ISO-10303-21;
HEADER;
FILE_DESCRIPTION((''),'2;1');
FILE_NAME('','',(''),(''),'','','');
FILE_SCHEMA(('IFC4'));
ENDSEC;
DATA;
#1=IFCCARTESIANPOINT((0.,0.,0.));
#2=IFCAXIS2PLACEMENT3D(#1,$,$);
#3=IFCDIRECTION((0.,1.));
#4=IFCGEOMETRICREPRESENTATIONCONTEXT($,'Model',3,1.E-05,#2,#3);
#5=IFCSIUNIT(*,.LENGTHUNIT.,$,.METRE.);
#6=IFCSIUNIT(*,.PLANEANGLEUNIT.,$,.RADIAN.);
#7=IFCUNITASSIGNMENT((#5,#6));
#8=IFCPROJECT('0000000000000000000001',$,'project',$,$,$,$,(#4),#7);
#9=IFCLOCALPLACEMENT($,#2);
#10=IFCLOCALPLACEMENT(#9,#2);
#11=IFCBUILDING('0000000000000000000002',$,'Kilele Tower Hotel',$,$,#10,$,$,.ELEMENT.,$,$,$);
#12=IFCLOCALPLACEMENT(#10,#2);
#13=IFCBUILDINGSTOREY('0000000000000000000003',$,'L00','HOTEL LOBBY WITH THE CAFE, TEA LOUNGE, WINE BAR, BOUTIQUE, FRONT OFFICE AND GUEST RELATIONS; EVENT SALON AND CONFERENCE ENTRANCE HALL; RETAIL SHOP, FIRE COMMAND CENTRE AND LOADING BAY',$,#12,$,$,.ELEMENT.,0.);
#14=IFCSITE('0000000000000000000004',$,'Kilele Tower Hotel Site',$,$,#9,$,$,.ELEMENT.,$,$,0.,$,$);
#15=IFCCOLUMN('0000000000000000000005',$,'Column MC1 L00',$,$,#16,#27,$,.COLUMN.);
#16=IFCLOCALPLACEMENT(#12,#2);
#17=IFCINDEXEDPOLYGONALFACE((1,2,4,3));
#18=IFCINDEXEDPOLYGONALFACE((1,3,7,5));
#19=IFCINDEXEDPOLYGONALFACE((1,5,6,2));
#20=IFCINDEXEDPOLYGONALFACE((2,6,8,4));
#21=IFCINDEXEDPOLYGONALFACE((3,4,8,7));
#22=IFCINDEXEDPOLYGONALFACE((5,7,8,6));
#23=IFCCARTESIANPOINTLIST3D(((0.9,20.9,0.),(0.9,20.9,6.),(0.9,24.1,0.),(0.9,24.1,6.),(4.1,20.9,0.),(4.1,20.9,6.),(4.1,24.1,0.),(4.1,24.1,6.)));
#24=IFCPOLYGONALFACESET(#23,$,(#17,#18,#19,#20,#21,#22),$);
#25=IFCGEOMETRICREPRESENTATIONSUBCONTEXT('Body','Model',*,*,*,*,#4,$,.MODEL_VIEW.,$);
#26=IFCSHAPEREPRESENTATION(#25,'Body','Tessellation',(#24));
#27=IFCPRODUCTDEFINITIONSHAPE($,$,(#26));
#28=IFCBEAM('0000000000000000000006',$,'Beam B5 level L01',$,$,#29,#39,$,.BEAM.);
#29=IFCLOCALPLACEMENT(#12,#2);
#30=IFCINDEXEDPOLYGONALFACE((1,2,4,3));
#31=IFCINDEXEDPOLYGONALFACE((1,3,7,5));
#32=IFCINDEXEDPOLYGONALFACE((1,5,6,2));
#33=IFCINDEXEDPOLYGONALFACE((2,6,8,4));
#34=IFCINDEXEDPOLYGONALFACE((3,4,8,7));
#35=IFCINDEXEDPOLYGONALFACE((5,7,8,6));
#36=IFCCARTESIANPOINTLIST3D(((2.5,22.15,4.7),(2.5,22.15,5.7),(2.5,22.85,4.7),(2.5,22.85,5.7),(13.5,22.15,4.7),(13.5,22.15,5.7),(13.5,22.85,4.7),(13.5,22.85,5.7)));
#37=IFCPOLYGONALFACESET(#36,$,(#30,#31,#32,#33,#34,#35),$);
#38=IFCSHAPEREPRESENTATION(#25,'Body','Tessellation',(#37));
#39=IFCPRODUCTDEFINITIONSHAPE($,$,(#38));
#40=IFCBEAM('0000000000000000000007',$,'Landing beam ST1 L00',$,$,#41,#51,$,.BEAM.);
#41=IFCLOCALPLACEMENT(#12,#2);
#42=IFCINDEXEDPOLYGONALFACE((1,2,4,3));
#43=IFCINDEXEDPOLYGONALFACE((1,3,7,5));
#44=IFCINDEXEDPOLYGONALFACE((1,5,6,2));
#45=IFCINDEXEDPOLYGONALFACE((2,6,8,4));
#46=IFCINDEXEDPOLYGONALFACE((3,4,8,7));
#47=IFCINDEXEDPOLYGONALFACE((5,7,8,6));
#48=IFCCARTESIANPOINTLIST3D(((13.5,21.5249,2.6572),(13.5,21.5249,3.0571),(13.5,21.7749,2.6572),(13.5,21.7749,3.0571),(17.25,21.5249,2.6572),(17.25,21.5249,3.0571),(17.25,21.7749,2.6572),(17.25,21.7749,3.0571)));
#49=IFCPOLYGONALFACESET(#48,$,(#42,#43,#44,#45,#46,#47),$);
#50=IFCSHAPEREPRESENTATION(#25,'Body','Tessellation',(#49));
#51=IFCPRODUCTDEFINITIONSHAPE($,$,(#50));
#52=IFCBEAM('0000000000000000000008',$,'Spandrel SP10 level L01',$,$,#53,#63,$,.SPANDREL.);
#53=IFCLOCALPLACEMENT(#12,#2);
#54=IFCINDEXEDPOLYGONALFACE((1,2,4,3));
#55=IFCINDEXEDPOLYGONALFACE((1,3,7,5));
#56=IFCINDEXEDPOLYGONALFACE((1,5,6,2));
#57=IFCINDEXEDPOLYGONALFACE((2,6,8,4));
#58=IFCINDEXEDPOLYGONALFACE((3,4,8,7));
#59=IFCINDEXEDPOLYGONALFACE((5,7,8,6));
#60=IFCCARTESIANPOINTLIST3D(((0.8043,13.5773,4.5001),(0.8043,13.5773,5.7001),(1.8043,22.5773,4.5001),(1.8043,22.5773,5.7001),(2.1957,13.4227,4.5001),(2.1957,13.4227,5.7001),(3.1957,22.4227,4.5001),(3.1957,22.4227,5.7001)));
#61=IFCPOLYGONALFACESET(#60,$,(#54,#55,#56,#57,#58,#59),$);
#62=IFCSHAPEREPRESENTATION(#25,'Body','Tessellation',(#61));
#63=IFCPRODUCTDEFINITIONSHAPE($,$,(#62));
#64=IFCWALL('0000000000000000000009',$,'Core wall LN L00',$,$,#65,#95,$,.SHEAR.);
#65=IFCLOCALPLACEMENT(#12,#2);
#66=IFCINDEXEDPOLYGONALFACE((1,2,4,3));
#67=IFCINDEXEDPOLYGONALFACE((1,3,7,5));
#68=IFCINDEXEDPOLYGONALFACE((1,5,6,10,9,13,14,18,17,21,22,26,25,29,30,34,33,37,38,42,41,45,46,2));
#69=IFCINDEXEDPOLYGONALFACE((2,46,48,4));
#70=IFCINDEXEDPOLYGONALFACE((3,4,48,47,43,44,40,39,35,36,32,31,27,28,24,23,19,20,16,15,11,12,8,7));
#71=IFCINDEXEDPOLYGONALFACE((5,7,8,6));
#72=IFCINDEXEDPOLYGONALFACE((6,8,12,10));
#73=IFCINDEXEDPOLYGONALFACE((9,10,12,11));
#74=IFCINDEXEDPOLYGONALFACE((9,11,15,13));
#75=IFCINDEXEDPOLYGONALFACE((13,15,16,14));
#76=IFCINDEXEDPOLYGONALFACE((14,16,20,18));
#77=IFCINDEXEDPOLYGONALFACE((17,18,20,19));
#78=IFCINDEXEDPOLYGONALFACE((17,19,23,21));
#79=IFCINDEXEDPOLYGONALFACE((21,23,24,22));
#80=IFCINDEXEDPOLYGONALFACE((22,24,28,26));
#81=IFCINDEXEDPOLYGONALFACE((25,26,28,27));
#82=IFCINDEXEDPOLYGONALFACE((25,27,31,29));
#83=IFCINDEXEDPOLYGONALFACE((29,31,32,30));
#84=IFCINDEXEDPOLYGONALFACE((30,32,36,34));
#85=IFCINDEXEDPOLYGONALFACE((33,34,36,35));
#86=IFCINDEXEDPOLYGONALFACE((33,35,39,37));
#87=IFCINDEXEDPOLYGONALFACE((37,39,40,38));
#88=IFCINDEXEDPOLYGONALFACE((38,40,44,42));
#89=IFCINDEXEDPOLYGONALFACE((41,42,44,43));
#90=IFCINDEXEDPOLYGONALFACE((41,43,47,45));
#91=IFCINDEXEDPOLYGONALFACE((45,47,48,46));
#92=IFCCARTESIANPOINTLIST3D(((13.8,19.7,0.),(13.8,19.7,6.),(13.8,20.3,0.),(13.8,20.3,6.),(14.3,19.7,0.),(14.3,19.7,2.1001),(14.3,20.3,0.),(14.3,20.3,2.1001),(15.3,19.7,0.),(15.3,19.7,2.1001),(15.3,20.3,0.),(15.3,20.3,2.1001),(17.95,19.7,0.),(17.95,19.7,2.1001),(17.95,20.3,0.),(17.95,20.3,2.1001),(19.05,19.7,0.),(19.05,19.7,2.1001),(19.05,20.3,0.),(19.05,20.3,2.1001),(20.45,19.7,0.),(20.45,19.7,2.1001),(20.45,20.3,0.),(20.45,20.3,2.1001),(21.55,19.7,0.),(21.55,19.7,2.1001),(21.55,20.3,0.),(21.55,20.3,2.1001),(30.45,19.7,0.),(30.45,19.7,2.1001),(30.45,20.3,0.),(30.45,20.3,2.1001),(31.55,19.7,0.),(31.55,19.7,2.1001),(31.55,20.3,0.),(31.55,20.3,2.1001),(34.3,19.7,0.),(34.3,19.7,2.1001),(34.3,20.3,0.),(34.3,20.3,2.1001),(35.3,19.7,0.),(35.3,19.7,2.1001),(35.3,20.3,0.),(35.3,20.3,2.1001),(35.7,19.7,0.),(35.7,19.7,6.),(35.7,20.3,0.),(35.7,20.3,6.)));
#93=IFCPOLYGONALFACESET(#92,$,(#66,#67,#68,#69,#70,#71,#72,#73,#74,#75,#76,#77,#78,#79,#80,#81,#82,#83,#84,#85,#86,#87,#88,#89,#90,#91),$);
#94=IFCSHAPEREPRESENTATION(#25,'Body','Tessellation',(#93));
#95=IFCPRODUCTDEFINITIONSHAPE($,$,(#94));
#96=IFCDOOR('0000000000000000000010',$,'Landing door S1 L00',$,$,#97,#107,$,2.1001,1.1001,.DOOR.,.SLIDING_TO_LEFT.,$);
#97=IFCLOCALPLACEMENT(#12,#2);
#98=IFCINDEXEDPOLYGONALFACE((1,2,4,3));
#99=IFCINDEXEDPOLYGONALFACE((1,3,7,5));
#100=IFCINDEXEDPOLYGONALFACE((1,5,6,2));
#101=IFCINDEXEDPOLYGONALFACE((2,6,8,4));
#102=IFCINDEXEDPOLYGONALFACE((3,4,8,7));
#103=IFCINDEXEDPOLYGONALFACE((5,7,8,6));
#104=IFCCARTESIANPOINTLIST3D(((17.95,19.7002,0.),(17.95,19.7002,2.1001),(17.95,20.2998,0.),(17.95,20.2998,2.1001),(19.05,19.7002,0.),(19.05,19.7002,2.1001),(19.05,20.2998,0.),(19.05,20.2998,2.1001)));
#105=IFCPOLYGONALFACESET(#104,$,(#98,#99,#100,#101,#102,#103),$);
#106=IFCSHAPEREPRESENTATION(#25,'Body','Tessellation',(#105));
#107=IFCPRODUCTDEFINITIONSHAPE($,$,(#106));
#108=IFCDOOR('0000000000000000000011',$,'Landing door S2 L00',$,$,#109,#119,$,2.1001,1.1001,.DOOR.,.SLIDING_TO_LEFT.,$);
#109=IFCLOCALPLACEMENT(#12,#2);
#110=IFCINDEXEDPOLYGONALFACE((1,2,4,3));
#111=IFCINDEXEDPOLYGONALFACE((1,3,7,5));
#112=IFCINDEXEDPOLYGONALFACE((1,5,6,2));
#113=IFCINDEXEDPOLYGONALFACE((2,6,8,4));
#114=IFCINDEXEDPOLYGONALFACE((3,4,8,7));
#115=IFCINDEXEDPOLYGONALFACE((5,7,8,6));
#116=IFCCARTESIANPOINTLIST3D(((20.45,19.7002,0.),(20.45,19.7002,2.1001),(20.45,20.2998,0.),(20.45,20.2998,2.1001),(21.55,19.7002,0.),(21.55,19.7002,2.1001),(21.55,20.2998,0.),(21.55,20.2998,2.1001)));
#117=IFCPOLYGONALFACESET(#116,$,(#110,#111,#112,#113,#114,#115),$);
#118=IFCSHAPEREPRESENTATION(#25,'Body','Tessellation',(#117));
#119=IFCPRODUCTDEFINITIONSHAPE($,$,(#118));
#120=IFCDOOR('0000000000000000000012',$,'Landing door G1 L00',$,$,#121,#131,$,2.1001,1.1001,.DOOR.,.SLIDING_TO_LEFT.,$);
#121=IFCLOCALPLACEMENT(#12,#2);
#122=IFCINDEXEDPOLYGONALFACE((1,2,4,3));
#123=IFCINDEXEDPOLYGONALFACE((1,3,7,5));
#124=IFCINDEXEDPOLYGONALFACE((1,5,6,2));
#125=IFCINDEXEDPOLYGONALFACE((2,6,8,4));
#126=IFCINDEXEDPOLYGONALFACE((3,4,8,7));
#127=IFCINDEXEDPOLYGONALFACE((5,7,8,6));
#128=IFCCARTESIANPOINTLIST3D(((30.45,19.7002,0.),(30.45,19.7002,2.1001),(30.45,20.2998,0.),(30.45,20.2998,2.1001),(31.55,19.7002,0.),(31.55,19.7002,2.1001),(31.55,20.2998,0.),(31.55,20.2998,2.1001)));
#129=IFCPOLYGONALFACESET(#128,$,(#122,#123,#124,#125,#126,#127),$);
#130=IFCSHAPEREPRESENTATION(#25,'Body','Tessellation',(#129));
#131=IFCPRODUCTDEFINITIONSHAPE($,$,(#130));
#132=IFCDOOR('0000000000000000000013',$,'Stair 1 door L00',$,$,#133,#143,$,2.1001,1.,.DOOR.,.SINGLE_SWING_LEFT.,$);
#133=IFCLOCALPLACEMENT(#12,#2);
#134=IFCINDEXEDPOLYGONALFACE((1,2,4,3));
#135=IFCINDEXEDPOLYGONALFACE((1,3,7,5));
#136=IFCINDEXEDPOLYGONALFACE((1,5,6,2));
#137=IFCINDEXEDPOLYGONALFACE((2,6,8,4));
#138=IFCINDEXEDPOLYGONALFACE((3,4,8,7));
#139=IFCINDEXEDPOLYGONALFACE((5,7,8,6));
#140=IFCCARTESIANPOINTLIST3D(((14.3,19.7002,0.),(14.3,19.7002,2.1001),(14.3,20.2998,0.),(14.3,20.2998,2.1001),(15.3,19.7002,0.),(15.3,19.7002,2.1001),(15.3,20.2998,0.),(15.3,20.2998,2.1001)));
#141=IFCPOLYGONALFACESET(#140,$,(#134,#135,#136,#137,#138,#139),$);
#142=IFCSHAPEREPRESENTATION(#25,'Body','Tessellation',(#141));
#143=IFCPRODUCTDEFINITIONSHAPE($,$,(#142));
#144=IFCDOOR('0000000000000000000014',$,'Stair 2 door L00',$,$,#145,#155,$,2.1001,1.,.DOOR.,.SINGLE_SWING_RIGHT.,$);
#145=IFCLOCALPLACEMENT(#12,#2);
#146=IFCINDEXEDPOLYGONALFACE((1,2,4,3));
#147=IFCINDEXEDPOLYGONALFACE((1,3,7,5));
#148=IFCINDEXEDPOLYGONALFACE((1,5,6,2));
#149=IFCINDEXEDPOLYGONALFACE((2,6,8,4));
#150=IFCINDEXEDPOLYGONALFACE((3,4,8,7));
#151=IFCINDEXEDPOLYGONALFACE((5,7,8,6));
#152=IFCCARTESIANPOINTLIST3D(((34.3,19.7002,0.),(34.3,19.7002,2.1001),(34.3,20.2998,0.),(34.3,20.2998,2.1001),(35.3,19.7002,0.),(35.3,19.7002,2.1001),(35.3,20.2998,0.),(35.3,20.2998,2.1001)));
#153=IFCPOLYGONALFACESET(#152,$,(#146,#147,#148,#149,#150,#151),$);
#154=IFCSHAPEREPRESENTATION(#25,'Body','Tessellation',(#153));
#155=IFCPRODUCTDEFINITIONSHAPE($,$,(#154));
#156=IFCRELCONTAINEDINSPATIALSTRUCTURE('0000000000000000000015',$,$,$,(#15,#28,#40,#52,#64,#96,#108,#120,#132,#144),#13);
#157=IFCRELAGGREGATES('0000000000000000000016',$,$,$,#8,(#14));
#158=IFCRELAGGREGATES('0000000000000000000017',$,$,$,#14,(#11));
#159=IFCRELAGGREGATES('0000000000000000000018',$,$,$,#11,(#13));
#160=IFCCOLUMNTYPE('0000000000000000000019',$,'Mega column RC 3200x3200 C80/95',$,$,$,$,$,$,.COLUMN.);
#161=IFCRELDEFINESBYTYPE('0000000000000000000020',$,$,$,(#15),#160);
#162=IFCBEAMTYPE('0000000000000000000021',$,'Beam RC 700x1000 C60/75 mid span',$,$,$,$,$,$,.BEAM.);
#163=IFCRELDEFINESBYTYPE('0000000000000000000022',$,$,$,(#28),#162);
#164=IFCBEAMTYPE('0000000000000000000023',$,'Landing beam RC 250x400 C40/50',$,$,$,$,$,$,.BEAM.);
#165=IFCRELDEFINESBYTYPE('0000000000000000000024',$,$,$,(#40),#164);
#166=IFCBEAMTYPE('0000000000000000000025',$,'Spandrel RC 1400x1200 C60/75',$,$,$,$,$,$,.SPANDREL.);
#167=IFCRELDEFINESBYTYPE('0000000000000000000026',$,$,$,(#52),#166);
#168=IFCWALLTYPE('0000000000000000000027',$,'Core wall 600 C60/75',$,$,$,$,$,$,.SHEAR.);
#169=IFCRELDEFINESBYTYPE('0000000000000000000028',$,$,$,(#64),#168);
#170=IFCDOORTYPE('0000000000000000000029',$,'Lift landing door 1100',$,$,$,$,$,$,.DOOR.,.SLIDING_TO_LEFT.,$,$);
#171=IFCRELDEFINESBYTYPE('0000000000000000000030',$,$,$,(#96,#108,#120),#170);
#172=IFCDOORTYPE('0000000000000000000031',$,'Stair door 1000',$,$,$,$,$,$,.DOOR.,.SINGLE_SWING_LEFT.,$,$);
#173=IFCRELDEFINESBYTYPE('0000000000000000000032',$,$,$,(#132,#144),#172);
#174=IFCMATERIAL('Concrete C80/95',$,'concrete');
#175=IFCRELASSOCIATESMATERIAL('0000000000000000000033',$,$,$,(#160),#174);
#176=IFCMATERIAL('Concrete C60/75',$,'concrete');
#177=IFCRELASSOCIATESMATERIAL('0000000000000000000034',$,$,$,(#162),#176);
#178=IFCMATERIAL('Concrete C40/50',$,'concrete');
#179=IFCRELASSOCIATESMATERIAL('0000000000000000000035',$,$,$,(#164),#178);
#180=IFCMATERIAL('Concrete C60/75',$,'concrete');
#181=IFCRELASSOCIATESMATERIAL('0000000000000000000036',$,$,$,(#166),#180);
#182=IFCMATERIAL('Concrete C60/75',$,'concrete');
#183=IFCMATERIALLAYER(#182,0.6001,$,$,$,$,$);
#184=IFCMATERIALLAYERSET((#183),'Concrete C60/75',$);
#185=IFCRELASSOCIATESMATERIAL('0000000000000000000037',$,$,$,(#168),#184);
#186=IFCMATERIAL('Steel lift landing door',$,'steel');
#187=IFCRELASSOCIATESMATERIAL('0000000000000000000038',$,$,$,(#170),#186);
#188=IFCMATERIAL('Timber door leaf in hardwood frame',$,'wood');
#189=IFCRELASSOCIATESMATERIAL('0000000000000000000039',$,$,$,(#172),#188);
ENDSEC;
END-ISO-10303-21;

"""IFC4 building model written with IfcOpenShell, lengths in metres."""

from ifc_helpers import new_model, si_unit, direction, frame, frame_2d, origin, origin_2d, place, context, subcontext, project, spatial, rectangle, extrude, material, layer, layer_set, material_profile, profile_set, type_object, element, fill, save


model = new_model("IFC4")

# Units and contexts
model_context = context("Model", 3, precision=1e-05, world=origin(), true_north=direction((0.0, 1.0)))
body_context = subcontext(model_context, "Body", "Model", "MODEL_VIEW")
ifc_project = project(units=[si_unit("LENGTHUNIT", "METRE"), si_unit("PLANEANGLEUNIT", "RADIAN")], contexts=[model_context])

# Site, building, storey
site_placement = place(None, origin())
site = spatial("IfcSite", under=ifc_project, at=site_placement, Name="Kilele Tower Hotel Site", CompositionType="ELEMENT", RefElevation=0.0)
building_placement = place(site_placement, origin())
building = spatial("IfcBuilding", under=site, at=building_placement, Name="Kilele Tower Hotel", CompositionType="ELEMENT")
storey_placement = place(building_placement, origin())
storey = spatial("IfcBuildingStorey", under=building, at=storey_placement, Name="L00", Description="HOTEL LOBBY WITH THE CAFE, TEA LOUNGE, WINE BAR, BOUTIQUE, FRONT OFFICE AND GUEST RELATIONS; EVENT SALON AND CONFERENCE ENTRANCE HALL; RETAIL SHOP, FIRE COMMAND CENTRE AND LOADING BAY", CompositionType="ELEMENT", Elevation=0.0)

# Column
ifc_material_1 = material(Name="Concrete C80/95", Category="concrete")
ifc_material_profile_1 = material_profile(ifc_material_1, rectangle(XDim=3.2, YDim=3.2, at=origin_2d()))
ifc_profile_set_1 = profile_set([ifc_material_profile_1], Name="Concrete C80/95")
column_type = type_object("IfcColumnType", Name="Mega column RC 3200x3200 C80/95", PredefinedType="COLUMN", material=ifc_profile_set_1)
column_placement = place(storey_placement, frame((2.5, 22.5, 0.0), z_axis=(0.0, 0.0, 1.0), x_axis=(1.0, 0.0, 0.0)))
element("IfcColumn", 1, at=column_placement, inside=storey, type_object=column_type, Name="Column MC1 L00", PredefinedType="COLUMN", context=body_context, shape_type="SweptSolid", body=[
    extrude(rectangle(XDim=3.2, YDim=3.2, at=origin_2d()), origin(), (0.0, 0.0, 1.0), 6.0),
])

# Beams
ifc_material_2 = material(Name="Concrete C60/75", Category="concrete")
ifc_material_profile_2 = material_profile(ifc_material_2, rectangle(XDim=0.7, YDim=1.0, at=origin_2d()))
ifc_profile_set_2 = profile_set([ifc_material_profile_2], Name="Concrete C60/75")
beam_type_1 = type_object("IfcBeamType", Name="Beam RC 700x1000 C60/75 mid span", PredefinedType="BEAM", material=ifc_profile_set_2)
beam_1_placement = place(storey_placement, frame((2.5, 22.5, 5.2), z_axis=(1.0, 0.0, 0.0), x_axis=(0.0, 1.0, 0.0)))
element("IfcBeam", 2, at=beam_1_placement, inside=storey, type_object=beam_type_1, Name="Beam B5 level L01", PredefinedType="BEAM", context=body_context, shape_type="SweptSolid", body=[
    extrude(rectangle(XDim=0.7, YDim=1.0, at=origin_2d()), origin(), (0.0, 0.0, 1.0), 11.0),
])
ifc_material_3 = material(Name="Concrete C40/50", Category="concrete")
ifc_material_profile_3 = material_profile(ifc_material_3, rectangle(XDim=0.25, YDim=0.3999, at=origin_2d()))
ifc_profile_set_3 = profile_set([ifc_material_profile_3], Name="Concrete C40/50")
beam_type_2 = type_object("IfcBeamType", Name="Landing beam RC 250x400 C40/50", PredefinedType="BEAM", material=ifc_profile_set_3)
beam_2_placement = place(storey_placement, frame((13.5, 21.6499, 2.8572), z_axis=(1.0, 0.0, 0.0), x_axis=(0.0, 1.0, 0.0)))
element("IfcBeam", 3, at=beam_2_placement, inside=storey, type_object=beam_type_2, Name="Landing beam ST1 L00", PredefinedType="BEAM", context=body_context, shape_type="SweptSolid", body=[
    extrude(rectangle(XDim=0.25, YDim=0.3999, at=origin_2d()), origin(), (0.0, 0.0, 1.0), 3.75),
])
ifc_material_4 = material(Name="Concrete C60/75", Category="concrete")
ifc_material_profile_4 = material_profile(ifc_material_4, rectangle(XDim=1.3999, YDim=1.2, at=origin_2d()))
ifc_profile_set_4 = profile_set([ifc_material_profile_4], Name="Concrete C60/75")
beam_type_3 = type_object("IfcBeamType", Name="Spandrel RC 1400x1200 C60/75", PredefinedType="SPANDREL", material=ifc_profile_set_4)
beam_3_placement = place(storey_placement, frame((2.5, 22.5, 5.1001), z_axis=(-0.110432, -0.993884, 0.0), x_axis=(0.993884, -0.110432, 0.0)))
element("IfcBeam", 4, at=beam_3_placement, inside=storey, type_object=beam_type_3, Name="Spandrel SP10 level L01", PredefinedType="SPANDREL", context=body_context, shape_type="SweptSolid", body=[
    extrude(rectangle(XDim=1.3999, YDim=1.2, at=origin_2d()), origin(), (0.0, 0.0, 1.0), 9.0554),
])

# Wall, openings, doors
ifc_material_5 = material(Name="Concrete C60/75", Category="concrete")
ifc_layer = layer(ifc_material_5, 0.6001)
ifc_layer_set = layer_set([ifc_layer], Name="Concrete C60/75")
wall_type = type_object("IfcWallType", Name="Core wall 600 C60/75", PredefinedType="SHEAR", material=ifc_layer_set)
wall_1_placement = place(storey_placement, frame((13.8, 20.0, 0.0), z_axis=(0.0, 0.0, 1.0), x_axis=(1.0, 0.0, 0.0)))
wall_1 = element("IfcWall", 5, at=wall_1_placement, inside=storey, type_object=wall_type, Name="Core wall LN L00", PredefinedType="SHEAR", context=body_context, shape_type="SweptSolid", body=[
    extrude(rectangle(XDim=21.8999, YDim=0.6001, at=frame_2d((10.95, 0.0))), origin(), (0.0, 0.0, 1.0), 6.0),
])
opening_1_placement = place(wall_1_placement, frame((0.5, 0.0, 0.0)))
opening_1 = element("IfcOpeningElement", 6, at=opening_1_placement, cuts=wall_1, PredefinedType="OPENING", context=body_context, shape_type="SweptSolid", body=[
    extrude(rectangle(XDim=1.0, YDim=2.1001, at=frame_2d((0.5, 1.05))), frame((0.0, 0.3101, 0.0), z_axis=(0.0, -1.0, 0.0), x_axis=(1.0, 0.0, 0.0)), (0.0, 0.0, 1.0), 0.6201),
])
opening_2_placement = place(wall_1_placement, frame((20.5, 0.0, 0.0)))
opening_2 = element("IfcOpeningElement", 7, at=opening_2_placement, cuts=wall_1, PredefinedType="OPENING", context=body_context, shape_type="SweptSolid", body=[
    extrude(rectangle(XDim=1.0, YDim=2.1001, at=frame_2d((0.5, 1.05))), frame((0.0, 0.3101, 0.0), z_axis=(0.0, -1.0, 0.0), x_axis=(1.0, 0.0, 0.0)), (0.0, 0.0, 1.0), 0.6201),
])
opening_3_placement = place(wall_1_placement, frame((4.1499, 0.0, 0.0)))
opening_3 = element("IfcOpeningElement", 8, at=opening_3_placement, cuts=wall_1, PredefinedType="OPENING", context=body_context, shape_type="SweptSolid", body=[
    extrude(rectangle(XDim=1.1001, YDim=2.1001, at=frame_2d((0.55, 1.05))), frame((0.0, 0.3101, 0.0), z_axis=(0.0, -1.0, 0.0), x_axis=(1.0, 0.0, 0.0)), (0.0, 0.0, 1.0), 0.6201),
])
opening_4_placement = place(wall_1_placement, frame((6.6499, 0.0, 0.0)))
opening_4 = element("IfcOpeningElement", 9, at=opening_4_placement, cuts=wall_1, PredefinedType="OPENING", context=body_context, shape_type="SweptSolid", body=[
    extrude(rectangle(XDim=1.1001, YDim=2.1001, at=frame_2d((0.55, 1.05))), frame((0.0, 0.3101, 0.0), z_axis=(0.0, -1.0, 0.0), x_axis=(1.0, 0.0, 0.0)), (0.0, 0.0, 1.0), 0.6201),
])
opening_5_placement = place(wall_1_placement, frame((16.6499, 0.0, 0.0)))
opening_5 = element("IfcOpeningElement", 10, at=opening_5_placement, cuts=wall_1, PredefinedType="OPENING", context=body_context, shape_type="SweptSolid", body=[
    extrude(rectangle(XDim=1.1001, YDim=2.1001, at=frame_2d((0.55, 1.05))), frame((0.0, 0.3101, 0.0), z_axis=(0.0, -1.0, 0.0), x_axis=(1.0, 0.0, 0.0)), (0.0, 0.0, 1.0), 0.6201),
])
ifc_material_6 = material(Name="Steel lift landing door", Category="steel")
door_type_1 = type_object("IfcDoorType", Name="Lift landing door 1100", OperationType="SLIDING_TO_LEFT", PredefinedType="DOOR", material=ifc_material_6)
door_1_placement = place(opening_3_placement, origin())
door_1 = element("IfcDoor", 11, at=door_1_placement, inside=storey, type_object=door_type_1, Name="Landing door S1 L00", OperationType="SLIDING_TO_LEFT", OverallHeight=2.1001, OverallWidth=1.1001, PredefinedType="DOOR", context=body_context, shape_type="SweptSolid", body=[
    extrude(rectangle(XDim=1.1001, YDim=2.1001, at=frame_2d((0.55, 1.05))), frame((0.0, 0.2998, 0.0), z_axis=(0.0, -1.0, 0.0), x_axis=(1.0, 0.0, 0.0)), (0.0, 0.0, 1.0), 0.5996),
])
fill(opening_3, door_1)
door_2_placement = place(opening_4_placement, origin())
door_2 = element("IfcDoor", 12, at=door_2_placement, inside=storey, type_object=door_type_1, Name="Landing door S2 L00", OperationType="SLIDING_TO_LEFT", OverallHeight=2.1001, OverallWidth=1.1001, PredefinedType="DOOR", context=body_context, shape_type="SweptSolid", body=[
    extrude(rectangle(XDim=1.1001, YDim=2.1001, at=frame_2d((0.55, 1.05))), frame((0.0, 0.2998, 0.0), z_axis=(0.0, -1.0, 0.0), x_axis=(1.0, 0.0, 0.0)), (0.0, 0.0, 1.0), 0.5996),
])
fill(opening_4, door_2)
door_3_placement = place(opening_5_placement, origin())
door_3 = element("IfcDoor", 13, at=door_3_placement, inside=storey, type_object=door_type_1, Name="Landing door G1 L00", OperationType="SLIDING_TO_LEFT", OverallHeight=2.1001, OverallWidth=1.1001, PredefinedType="DOOR", context=body_context, shape_type="SweptSolid", body=[
    extrude(rectangle(XDim=1.1001, YDim=2.1001, at=frame_2d((0.55, 1.05))), frame((0.0, 0.2998, 0.0), z_axis=(0.0, -1.0, 0.0), x_axis=(1.0, 0.0, 0.0)), (0.0, 0.0, 1.0), 0.5996),
])
fill(opening_5, door_3)
ifc_material_7 = material(Name="Timber door leaf in hardwood frame", Category="wood")
door_type_2 = type_object("IfcDoorType", Name="Stair door 1000", OperationType="SINGLE_SWING_LEFT", PredefinedType="DOOR", material=ifc_material_7)
door_4_placement = place(opening_1_placement, origin())
door_4 = element("IfcDoor", 14, at=door_4_placement, inside=storey, type_object=door_type_2, Name="Stair 1 door L00", OperationType="SINGLE_SWING_LEFT", OverallHeight=2.1001, OverallWidth=1.0, PredefinedType="DOOR", context=body_context, shape_type="SweptSolid", body=[
    extrude(rectangle(XDim=1.0, YDim=2.1001, at=frame_2d((0.5, 1.05))), frame((0.0, 0.2998, 0.0), z_axis=(0.0, -1.0, 0.0), x_axis=(1.0, 0.0, 0.0)), (0.0, 0.0, 1.0), 0.5996),
])
fill(opening_1, door_4)
door_5_placement = place(opening_2_placement, origin())
door_5 = element("IfcDoor", 15, at=door_5_placement, inside=storey, type_object=door_type_2, Name="Stair 2 door L00", OperationType="SINGLE_SWING_RIGHT", OverallHeight=2.1001, OverallWidth=1.0, PredefinedType="DOOR", context=body_context, shape_type="SweptSolid", body=[
    extrude(rectangle(XDim=1.0, YDim=2.1001, at=frame_2d((0.5, 1.05))), frame((0.0, 0.2998, 0.0), z_axis=(0.0, -1.0, 0.0), x_axis=(1.0, 0.0, 0.0)), (0.0, 0.0, 1.0), 0.5996),
])
fill(opening_2, door_5)

save(model, "model.ifc")
